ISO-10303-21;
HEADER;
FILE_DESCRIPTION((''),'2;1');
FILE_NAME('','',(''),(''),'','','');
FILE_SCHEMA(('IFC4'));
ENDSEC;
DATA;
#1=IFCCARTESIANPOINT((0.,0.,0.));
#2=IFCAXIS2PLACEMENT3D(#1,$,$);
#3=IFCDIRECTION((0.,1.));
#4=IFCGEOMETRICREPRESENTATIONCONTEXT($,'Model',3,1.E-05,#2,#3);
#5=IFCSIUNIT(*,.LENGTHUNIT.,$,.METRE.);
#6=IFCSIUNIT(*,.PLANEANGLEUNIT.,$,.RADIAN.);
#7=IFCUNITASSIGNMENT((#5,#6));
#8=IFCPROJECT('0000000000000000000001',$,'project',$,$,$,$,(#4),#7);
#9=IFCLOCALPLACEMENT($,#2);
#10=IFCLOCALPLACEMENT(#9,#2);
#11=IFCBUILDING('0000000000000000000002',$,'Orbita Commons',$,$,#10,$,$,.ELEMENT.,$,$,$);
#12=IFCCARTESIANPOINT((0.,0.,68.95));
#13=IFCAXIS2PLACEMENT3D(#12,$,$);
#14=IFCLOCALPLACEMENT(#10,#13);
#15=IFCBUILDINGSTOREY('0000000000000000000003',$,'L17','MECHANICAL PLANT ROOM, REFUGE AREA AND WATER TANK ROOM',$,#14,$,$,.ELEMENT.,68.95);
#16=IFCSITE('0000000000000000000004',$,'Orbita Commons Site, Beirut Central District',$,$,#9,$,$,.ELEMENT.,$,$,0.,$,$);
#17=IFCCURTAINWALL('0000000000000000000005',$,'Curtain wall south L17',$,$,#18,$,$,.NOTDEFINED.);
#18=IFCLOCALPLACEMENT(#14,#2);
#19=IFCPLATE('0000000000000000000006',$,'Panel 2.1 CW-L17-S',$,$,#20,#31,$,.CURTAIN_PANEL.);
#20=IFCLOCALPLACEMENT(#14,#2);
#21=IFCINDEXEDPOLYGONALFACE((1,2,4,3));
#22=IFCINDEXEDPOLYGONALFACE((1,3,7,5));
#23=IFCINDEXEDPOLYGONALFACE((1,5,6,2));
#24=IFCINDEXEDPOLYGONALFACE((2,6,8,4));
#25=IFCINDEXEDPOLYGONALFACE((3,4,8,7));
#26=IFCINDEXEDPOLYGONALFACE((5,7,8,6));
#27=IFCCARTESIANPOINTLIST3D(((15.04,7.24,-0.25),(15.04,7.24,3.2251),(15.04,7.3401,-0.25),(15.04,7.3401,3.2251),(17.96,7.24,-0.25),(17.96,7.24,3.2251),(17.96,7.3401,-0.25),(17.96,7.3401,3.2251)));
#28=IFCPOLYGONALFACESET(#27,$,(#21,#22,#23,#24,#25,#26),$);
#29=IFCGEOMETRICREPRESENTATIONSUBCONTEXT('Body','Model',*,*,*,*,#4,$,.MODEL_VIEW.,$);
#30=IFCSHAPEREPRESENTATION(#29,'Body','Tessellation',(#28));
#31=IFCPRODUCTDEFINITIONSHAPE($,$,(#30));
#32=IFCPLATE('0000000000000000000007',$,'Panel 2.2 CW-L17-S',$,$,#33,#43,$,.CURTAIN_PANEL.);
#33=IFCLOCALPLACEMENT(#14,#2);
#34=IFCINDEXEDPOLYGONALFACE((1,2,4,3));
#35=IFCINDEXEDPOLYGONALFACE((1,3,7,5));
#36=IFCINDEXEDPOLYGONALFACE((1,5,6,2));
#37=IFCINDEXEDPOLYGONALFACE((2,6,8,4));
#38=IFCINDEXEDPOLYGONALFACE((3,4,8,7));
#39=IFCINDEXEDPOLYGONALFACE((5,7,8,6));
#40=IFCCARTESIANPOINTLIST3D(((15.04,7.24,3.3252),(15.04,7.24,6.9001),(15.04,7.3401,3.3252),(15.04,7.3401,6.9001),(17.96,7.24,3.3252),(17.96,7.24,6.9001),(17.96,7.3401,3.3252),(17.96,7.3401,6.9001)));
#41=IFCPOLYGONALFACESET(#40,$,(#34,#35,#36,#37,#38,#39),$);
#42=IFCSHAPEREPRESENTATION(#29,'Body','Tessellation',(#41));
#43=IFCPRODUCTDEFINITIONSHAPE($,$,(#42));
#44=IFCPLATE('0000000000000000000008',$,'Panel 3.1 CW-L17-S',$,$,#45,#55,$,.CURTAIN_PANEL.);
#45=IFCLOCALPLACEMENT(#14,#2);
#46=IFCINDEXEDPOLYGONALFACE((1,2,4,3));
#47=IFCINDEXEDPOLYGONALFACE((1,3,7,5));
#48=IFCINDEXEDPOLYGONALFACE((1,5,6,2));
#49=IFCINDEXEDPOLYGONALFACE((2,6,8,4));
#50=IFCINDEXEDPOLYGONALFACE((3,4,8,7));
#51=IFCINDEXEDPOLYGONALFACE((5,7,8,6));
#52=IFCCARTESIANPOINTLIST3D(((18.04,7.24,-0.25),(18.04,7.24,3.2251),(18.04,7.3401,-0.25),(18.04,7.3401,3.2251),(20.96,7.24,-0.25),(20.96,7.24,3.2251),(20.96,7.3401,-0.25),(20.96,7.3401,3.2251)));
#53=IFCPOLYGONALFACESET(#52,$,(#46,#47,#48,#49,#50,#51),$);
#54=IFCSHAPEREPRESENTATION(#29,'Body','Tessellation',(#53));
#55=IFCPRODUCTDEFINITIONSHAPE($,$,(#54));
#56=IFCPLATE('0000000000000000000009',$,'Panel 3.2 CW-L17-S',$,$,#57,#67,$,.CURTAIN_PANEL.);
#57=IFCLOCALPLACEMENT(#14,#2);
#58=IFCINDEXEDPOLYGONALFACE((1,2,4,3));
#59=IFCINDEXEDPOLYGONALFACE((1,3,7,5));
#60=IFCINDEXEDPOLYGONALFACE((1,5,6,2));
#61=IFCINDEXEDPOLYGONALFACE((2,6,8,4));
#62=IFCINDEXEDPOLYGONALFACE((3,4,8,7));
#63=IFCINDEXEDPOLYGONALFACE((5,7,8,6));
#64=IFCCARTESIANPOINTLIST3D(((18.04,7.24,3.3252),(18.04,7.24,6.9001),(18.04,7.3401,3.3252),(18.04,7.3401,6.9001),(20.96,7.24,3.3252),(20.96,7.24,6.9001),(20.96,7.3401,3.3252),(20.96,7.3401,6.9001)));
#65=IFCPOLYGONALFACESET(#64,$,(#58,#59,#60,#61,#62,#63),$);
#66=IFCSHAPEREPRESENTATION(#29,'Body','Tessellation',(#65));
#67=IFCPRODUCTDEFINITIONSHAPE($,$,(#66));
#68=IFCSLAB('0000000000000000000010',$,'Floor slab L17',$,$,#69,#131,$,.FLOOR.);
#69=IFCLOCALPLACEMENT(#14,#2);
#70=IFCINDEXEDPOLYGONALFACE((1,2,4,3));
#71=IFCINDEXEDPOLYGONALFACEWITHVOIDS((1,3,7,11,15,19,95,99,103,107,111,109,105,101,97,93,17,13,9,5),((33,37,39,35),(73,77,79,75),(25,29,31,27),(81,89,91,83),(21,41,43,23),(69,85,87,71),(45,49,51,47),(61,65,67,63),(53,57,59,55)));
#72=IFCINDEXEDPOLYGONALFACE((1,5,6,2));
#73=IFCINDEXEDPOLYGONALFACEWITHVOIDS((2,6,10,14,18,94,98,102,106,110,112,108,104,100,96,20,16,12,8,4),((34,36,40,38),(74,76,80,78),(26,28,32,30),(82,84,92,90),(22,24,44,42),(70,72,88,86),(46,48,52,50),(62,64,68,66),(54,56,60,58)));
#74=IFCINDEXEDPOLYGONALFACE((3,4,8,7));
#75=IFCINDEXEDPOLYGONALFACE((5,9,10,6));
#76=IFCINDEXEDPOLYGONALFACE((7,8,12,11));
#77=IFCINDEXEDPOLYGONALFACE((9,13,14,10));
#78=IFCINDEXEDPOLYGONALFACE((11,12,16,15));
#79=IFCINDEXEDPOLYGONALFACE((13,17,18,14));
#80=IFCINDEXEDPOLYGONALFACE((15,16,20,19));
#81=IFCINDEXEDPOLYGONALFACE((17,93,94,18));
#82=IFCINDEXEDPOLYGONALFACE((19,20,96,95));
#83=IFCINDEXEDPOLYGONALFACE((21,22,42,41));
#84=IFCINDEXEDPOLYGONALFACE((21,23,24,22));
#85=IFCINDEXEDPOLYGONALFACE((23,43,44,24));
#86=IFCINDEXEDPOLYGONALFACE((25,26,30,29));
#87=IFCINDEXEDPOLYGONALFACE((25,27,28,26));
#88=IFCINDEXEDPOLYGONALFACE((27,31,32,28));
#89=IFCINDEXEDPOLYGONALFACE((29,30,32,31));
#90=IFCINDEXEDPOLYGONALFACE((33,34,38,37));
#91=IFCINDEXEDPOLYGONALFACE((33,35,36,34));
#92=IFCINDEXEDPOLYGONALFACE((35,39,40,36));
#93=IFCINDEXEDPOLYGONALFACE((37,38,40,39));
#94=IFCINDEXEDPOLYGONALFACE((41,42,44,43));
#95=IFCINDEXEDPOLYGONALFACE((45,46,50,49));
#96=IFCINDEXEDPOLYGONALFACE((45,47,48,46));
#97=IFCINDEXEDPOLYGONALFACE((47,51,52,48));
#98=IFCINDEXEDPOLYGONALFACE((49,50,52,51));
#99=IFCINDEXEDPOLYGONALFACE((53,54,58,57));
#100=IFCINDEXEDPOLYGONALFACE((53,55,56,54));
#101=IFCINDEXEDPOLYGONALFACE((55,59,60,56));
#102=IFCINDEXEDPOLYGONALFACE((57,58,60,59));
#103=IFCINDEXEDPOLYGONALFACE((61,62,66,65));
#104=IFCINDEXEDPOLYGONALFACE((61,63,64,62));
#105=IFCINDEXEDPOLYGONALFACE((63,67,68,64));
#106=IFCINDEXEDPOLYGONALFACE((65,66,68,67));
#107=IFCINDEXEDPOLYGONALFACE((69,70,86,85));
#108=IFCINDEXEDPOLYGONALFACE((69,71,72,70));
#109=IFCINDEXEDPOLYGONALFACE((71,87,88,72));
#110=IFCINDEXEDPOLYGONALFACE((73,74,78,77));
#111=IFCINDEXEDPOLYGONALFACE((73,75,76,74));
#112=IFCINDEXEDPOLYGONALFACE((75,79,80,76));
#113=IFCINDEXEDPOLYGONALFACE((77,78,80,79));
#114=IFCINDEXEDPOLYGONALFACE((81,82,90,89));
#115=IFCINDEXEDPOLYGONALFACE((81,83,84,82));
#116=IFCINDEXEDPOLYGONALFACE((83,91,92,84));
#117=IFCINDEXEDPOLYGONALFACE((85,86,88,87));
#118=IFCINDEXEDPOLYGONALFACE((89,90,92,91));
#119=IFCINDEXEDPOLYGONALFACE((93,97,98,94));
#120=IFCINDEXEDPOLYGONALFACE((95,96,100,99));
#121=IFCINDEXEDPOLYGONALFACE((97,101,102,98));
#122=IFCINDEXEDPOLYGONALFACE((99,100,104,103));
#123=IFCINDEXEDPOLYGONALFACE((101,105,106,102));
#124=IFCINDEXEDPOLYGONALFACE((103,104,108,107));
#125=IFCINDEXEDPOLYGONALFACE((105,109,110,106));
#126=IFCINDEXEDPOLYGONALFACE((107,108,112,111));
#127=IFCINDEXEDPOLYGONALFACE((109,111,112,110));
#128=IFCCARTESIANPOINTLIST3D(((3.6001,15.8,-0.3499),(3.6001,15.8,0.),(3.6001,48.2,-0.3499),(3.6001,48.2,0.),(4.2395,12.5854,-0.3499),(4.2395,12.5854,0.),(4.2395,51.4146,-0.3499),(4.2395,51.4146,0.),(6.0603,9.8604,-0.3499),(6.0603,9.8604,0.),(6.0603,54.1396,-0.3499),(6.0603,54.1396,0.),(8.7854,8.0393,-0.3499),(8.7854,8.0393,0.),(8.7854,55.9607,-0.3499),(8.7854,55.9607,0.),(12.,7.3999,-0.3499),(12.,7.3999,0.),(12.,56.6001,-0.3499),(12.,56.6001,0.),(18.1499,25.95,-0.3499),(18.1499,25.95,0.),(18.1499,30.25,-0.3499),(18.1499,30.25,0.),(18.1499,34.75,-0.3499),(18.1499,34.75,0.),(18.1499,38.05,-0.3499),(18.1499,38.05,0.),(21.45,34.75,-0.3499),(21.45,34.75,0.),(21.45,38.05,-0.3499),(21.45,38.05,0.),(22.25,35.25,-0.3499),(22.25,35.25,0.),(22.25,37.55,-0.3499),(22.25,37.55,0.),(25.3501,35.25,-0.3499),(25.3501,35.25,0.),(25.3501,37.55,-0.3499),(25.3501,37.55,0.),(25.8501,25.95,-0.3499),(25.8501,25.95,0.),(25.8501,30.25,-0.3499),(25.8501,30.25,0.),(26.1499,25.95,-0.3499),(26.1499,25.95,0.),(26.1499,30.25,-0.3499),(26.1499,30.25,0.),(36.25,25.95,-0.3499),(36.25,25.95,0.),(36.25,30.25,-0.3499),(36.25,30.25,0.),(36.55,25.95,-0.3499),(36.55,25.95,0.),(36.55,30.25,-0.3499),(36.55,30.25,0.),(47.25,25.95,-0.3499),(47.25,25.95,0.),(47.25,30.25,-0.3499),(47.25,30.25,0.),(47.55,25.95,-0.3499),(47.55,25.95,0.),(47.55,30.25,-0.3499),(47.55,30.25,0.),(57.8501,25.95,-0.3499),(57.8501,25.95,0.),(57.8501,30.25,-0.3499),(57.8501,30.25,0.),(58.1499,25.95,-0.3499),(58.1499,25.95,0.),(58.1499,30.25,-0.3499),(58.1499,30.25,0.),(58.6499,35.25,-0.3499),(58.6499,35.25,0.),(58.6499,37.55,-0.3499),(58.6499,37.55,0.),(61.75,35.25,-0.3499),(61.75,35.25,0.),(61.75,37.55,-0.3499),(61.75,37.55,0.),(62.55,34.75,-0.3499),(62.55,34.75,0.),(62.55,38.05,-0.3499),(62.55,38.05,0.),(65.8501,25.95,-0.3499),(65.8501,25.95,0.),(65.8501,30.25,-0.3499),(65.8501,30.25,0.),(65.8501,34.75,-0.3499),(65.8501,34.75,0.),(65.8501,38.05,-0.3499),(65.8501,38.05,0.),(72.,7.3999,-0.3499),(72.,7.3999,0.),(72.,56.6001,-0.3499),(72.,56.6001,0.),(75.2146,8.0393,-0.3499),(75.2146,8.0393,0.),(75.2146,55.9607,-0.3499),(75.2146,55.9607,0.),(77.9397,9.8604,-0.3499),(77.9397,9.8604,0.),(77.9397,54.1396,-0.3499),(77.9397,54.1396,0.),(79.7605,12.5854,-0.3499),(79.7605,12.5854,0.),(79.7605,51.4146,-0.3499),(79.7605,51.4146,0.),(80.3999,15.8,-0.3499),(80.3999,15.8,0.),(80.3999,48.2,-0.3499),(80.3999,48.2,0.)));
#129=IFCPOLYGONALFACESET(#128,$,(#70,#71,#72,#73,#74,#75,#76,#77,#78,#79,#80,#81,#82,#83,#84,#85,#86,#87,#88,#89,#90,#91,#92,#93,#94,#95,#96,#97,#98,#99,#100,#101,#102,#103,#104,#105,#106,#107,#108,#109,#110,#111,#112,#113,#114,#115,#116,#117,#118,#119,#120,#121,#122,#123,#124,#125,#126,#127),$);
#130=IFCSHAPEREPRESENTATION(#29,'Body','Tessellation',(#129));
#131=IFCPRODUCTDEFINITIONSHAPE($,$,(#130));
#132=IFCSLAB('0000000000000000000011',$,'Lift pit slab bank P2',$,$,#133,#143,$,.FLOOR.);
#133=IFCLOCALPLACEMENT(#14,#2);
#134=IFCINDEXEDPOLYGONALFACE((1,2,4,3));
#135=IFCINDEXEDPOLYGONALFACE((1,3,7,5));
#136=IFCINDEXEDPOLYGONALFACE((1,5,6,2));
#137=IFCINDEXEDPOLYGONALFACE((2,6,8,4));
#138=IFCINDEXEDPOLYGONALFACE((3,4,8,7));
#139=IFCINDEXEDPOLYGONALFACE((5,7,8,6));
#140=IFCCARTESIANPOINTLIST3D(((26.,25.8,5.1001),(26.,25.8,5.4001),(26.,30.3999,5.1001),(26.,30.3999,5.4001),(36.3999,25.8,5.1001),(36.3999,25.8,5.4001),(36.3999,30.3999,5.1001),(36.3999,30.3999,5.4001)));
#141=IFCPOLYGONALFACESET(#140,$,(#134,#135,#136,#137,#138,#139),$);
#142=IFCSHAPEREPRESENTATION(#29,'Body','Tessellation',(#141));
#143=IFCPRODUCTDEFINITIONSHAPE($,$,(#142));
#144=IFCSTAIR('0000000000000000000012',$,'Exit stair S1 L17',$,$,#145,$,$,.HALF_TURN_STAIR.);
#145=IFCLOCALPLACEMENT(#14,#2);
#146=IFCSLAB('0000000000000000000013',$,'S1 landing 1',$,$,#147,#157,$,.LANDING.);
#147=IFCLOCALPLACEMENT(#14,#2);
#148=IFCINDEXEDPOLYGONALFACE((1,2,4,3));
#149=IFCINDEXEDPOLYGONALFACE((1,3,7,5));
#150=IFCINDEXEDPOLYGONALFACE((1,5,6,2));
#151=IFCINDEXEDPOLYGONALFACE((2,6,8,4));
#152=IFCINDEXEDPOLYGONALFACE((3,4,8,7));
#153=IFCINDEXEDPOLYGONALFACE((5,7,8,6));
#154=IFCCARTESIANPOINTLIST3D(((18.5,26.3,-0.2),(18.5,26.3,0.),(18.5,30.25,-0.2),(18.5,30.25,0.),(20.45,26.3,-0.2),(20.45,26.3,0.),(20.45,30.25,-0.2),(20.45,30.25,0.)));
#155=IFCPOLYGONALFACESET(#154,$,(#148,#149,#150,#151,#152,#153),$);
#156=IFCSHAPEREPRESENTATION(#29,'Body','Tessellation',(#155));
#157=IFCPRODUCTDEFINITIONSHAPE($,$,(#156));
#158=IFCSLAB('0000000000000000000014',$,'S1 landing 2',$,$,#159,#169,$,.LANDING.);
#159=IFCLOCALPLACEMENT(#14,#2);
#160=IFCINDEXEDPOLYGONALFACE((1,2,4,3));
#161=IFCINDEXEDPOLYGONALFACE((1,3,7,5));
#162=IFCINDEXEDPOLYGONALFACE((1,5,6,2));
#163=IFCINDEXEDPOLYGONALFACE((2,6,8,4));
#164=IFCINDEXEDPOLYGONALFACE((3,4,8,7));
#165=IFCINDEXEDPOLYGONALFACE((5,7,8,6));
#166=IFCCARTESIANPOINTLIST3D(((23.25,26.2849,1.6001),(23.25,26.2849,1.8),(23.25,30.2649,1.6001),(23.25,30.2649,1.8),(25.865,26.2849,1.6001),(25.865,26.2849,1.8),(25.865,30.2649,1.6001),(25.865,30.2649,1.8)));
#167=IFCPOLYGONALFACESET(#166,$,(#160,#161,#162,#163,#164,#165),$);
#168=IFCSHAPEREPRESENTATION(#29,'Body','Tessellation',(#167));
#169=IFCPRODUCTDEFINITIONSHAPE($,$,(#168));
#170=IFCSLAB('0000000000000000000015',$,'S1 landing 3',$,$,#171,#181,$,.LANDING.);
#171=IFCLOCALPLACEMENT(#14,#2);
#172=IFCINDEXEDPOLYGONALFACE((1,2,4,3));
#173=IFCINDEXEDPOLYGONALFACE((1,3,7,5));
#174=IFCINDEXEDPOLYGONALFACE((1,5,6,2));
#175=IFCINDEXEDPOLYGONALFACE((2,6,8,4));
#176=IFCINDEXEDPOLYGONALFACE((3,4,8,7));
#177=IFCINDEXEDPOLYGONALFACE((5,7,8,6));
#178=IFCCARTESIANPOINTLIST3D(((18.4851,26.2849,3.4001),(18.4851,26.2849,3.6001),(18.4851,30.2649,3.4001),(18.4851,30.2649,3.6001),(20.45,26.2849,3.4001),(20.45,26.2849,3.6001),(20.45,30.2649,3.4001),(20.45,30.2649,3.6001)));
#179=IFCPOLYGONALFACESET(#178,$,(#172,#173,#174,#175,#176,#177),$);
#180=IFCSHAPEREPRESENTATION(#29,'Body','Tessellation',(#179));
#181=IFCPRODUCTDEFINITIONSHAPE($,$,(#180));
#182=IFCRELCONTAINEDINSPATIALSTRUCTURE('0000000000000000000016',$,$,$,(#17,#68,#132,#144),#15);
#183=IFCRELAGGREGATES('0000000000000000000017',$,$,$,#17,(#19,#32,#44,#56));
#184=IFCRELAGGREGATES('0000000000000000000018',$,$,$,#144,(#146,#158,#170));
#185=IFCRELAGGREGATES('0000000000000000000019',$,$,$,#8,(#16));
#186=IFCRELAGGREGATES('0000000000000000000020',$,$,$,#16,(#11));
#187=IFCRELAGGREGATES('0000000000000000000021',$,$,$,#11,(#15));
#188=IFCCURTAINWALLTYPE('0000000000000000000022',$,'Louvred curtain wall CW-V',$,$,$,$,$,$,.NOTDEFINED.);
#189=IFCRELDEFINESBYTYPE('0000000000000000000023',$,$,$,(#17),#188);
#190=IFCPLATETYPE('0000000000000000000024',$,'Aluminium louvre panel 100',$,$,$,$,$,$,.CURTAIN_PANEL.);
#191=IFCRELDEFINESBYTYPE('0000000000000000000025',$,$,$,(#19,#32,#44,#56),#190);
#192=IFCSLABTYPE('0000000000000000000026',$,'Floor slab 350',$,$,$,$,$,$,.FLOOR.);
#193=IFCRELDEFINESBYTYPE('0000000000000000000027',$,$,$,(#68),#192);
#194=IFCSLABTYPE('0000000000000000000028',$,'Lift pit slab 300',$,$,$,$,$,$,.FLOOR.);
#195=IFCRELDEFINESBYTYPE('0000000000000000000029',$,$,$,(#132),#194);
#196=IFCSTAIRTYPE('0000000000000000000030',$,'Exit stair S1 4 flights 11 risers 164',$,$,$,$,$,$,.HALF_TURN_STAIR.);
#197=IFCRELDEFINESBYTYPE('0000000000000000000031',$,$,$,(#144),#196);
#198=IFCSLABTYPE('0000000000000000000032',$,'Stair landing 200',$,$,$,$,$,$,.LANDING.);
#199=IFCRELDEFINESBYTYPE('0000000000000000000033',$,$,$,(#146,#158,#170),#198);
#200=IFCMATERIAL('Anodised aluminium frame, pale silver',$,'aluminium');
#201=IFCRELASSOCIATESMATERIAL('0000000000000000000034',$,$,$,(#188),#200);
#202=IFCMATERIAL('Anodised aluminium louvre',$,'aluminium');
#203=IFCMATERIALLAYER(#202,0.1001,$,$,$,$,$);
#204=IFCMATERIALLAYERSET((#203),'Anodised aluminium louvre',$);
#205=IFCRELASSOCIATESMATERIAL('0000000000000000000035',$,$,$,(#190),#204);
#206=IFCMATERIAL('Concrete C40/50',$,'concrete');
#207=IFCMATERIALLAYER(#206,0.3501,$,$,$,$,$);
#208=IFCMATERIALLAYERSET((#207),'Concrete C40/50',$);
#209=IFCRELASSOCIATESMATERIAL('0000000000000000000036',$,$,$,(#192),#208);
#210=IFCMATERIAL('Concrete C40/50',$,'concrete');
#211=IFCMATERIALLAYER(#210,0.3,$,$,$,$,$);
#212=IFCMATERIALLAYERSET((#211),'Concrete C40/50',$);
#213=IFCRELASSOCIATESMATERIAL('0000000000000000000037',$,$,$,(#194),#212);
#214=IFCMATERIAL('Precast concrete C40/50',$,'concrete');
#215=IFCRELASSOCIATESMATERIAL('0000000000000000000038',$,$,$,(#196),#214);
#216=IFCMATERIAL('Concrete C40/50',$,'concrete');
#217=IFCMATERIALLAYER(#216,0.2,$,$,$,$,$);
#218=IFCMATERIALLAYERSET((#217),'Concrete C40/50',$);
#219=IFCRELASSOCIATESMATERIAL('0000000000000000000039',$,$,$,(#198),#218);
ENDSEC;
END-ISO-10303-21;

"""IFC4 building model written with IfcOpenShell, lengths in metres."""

from ifc_helpers import new_model, si_unit, direction, frame, origin, origin_2d, place, context, subcontext, project, spatial, polyline, rectangle, outline, extrude, material, layer, layer_set, type_object, element, aggregate, save


model = new_model("IFC4")

# Units and contexts
model_context = context("Model", 3, precision=1e-05, world=origin(), true_north=direction((0.0, 1.0)))
body_context = subcontext(model_context, "Body", "Model", "MODEL_VIEW")
ifc_project = project(units=[si_unit("LENGTHUNIT", "METRE"), si_unit("PLANEANGLEUNIT", "RADIAN")], contexts=[model_context])

# Site, building, storey
site_placement = place(None, origin())
site = spatial("IfcSite", under=ifc_project, at=site_placement, Name="Orbita Commons Site, Beirut Central District", CompositionType="ELEMENT", RefElevation=0.0)
building_placement = place(site_placement, origin())
building = spatial("IfcBuilding", under=site, at=building_placement, Name="Orbita Commons", CompositionType="ELEMENT")
storey_placement = place(building_placement, frame((0.0, 0.0, 68.95)))
storey = spatial("IfcBuildingStorey", under=building, at=storey_placement, Name="L17", Description="MECHANICAL PLANT ROOM, REFUGE AREA AND WATER TANK ROOM", CompositionType="ELEMENT", Elevation=68.95)

# Curtain wall, plates
ifc_material_1 = material(Name="Anodised aluminium frame, pale silver", Category="aluminium")
curtain_wall_type = type_object("IfcCurtainWallType", Name="Louvred curtain wall CW-V", PredefinedType="NOTDEFINED", material=ifc_material_1)
curtain_wall_placement = place(storey_placement, origin())
curtain_wall = element("IfcCurtainWall", 1, at=curtain_wall_placement, inside=storey, type_object=curtain_wall_type, Name="Curtain wall south L17", PredefinedType="NOTDEFINED")
ifc_material_2 = material(Name="Anodised aluminium louvre", Category="aluminium")
ifc_layer_1 = layer(ifc_material_2, 0.1001)
ifc_layer_set_1 = layer_set([ifc_layer_1], Name="Anodised aluminium louvre")
plate_type = type_object("IfcPlateType", Name="Aluminium louvre panel 100", PredefinedType="CURTAIN_PANEL", material=ifc_layer_set_1)
plate_1_placement = place(storey_placement, frame((16.5, 7.29, -0.25), z_axis=(0.0, 0.0, 1.0), x_axis=(1.0, 0.0, 0.0)))
plate_1 = element("IfcPlate", 2, at=plate_1_placement, type_object=plate_type, Name="Panel 2.1 CW-L17-S", PredefinedType="CURTAIN_PANEL", context=body_context, shape_type="SweptSolid", body=[
    extrude(rectangle(XDim=2.9199, YDim=0.1001, at=origin_2d()), origin(), (0.0, 0.0, 1.0), 3.4751),
])
plate_2_placement = place(storey_placement, frame((16.5, 7.29, 3.3252), z_axis=(0.0, 0.0, 1.0), x_axis=(1.0, 0.0, 0.0)))
plate_2 = element("IfcPlate", 3, at=plate_2_placement, type_object=plate_type, Name="Panel 2.2 CW-L17-S", PredefinedType="CURTAIN_PANEL", context=body_context, shape_type="SweptSolid", body=[
    extrude(rectangle(XDim=2.9199, YDim=0.1001, at=origin_2d()), origin(), (0.0, 0.0, 1.0), 3.575),
])
plate_3_placement = place(storey_placement, frame((19.5, 7.29, -0.25), z_axis=(0.0, 0.0, 1.0), x_axis=(1.0, 0.0, 0.0)))
plate_3 = element("IfcPlate", 4, at=plate_3_placement, type_object=plate_type, Name="Panel 3.1 CW-L17-S", PredefinedType="CURTAIN_PANEL", context=body_context, shape_type="SweptSolid", body=[
    extrude(rectangle(XDim=2.9199, YDim=0.1001, at=origin_2d()), origin(), (0.0, 0.0, 1.0), 3.4751),
])
plate_4_placement = place(storey_placement, frame((19.5, 7.29, 3.3252), z_axis=(0.0, 0.0, 1.0), x_axis=(1.0, 0.0, 0.0)))
plate_4 = element("IfcPlate", 5, at=plate_4_placement, type_object=plate_type, Name="Panel 3.2 CW-L17-S", PredefinedType="CURTAIN_PANEL", context=body_context, shape_type="SweptSolid", body=[
    extrude(rectangle(XDim=2.9199, YDim=0.1001, at=origin_2d()), origin(), (0.0, 0.0, 1.0), 3.575),
])
aggregate(curtain_wall, [plate_1, plate_2, plate_3, plate_4])

# Slabs
ifc_material_3 = material(Name="Concrete C40/50", Category="concrete")
ifc_layer_2 = layer(ifc_material_3, 0.3501)
ifc_layer_set_2 = layer_set([ifc_layer_2], Name="Concrete C40/50")
slab_type_1 = type_object("IfcSlabType", Name="Floor slab 350", PredefinedType="FLOOR", material=ifc_layer_set_2)
slab_1_placement = place(storey_placement, frame((0.0, 0.0, -0.3499)))
element("IfcSlab", 6, at=slab_1_placement, inside=storey, type_object=slab_type_1, Name="Floor slab L17", PredefinedType="FLOOR", context=body_context, shape_type="SweptSolid", body=[
    extrude(outline(polyline([(72.0, 7.3999), (75.2146, 8.0393), (77.9397, 9.8604), (79.7605, 12.5854), (80.3999, 15.8), (80.3999, 48.2), (79.7605, 51.4146), (77.9397, 54.1396), (75.2146, 55.9607), (72.0, 56.6001), (12.0, 56.6001), (8.7854, 55.9607), (6.0603, 54.1396), (4.2395, 51.4146), (3.6001, 48.2), (3.6001, 15.8), (4.2395, 12.5854), (6.0603, 9.8604), (8.7854, 8.0393), (12.0, 7.3999), (72.0, 7.3999)]), holes=[polyline([(18.1499, 25.95), (25.8501, 25.95), (25.8501, 30.25), (18.1499, 30.25), (18.1499, 25.95)]), polyline([(58.1499, 25.95), (65.8501, 25.95), (65.8501, 30.25), (58.1499, 30.25), (58.1499, 25.95)]), polyline([(18.1499, 34.75), (21.45, 34.75), (21.45, 38.05), (18.1499, 38.05), (18.1499, 34.75)]), polyline([(62.55, 34.75), (65.8501, 34.75), (65.8501, 38.05), (62.55, 38.05), (62.55, 34.75)]), polyline([(22.25, 35.25), (25.3501, 35.25), (25.3501, 37.55), (22.25, 37.55), (22.25, 35.25)]), polyline([(58.6499, 35.25), (61.75, 35.25), (61.75, 37.55), (58.6499, 37.55), (58.6499, 35.25)]), polyline([(26.1499, 25.95), (36.25, 25.95), (36.25, 30.25), (26.1499, 30.25), (26.1499, 25.95)]), polyline([(36.55, 25.95), (47.25, 25.95), (47.25, 30.25), (36.55, 30.25), (36.55, 25.95)]), polyline([(47.55, 25.95), (57.8501, 25.95), (57.8501, 30.25), (47.55, 30.25), (47.55, 25.95)])]), origin(), (0.0, 0.0, 1.0), 0.3499),
])
ifc_material_4 = material(Name="Concrete C40/50", Category="concrete")
ifc_layer_3 = layer(ifc_material_4, 0.3)
ifc_layer_set_3 = layer_set([ifc_layer_3], Name="Concrete C40/50")
slab_type_2 = type_object("IfcSlabType", Name="Lift pit slab 300", PredefinedType="FLOOR", material=ifc_layer_set_3)
slab_2_placement = place(storey_placement, frame((0.0, 0.0, 5.1001)))
element("IfcSlab", 7, at=slab_2_placement, inside=storey, type_object=slab_type_2, Name="Lift pit slab bank P2", PredefinedType="FLOOR", context=body_context, shape_type="SweptSolid", body=[
    extrude(outline(polyline([(26.0, 25.8), (36.3999, 25.8), (36.3999, 30.3999), (26.0, 30.3999), (26.0, 25.8)])), origin(), (0.0, 0.0, 1.0), 0.3),
])

# Stair, slabs
ifc_material_5 = material(Name="Precast concrete C40/50", Category="concrete")
stair_type_1 = type_object("IfcStairType", Name="Exit stair S1 4 flights 11 risers 164", PredefinedType="HALF_TURN_STAIR", material=ifc_material_5)
stair_1_placement = place(storey_placement, origin())
stair_1 = element("IfcStair", 8, at=stair_1_placement, inside=storey, type_object=stair_type_1, Name="Exit stair S1 L17", PredefinedType="HALF_TURN_STAIR")
ifc_material_6 = material(Name="Concrete C40/50", Category="concrete")
ifc_layer_4 = layer(ifc_material_6, 0.2)
ifc_layer_set_4 = layer_set([ifc_layer_4], Name="Concrete C40/50")
slab_type_3 = type_object("IfcSlabType", Name="Stair landing 200", PredefinedType="LANDING", material=ifc_layer_set_4)
slab_3_placement = place(storey_placement, frame((0.0, 0.0, -0.2)))
slab_3 = element("IfcSlab", 9, at=slab_3_placement, type_object=slab_type_3, Name="S1 landing 1", PredefinedType="LANDING", context=body_context, shape_type="SweptSolid", body=[
    extrude(outline(polyline([(18.5, 26.3), (20.45, 26.3), (20.45, 30.25), (18.5, 30.25), (18.5, 26.3)])), origin(), (0.0, 0.0, 1.0), 0.2),
])
slab_4_placement = place(storey_placement, frame((0.0, 0.0, 1.6001)))
slab_4 = element("IfcSlab", 10, at=slab_4_placement, type_object=slab_type_3, Name="S1 landing 2", PredefinedType="LANDING", context=body_context, shape_type="SweptSolid", body=[
    extrude(outline(polyline([(23.25, 26.2849), (25.865, 26.2849), (25.865, 30.2649), (23.25, 30.2649), (23.25, 26.2849)])), origin(), (0.0, 0.0, 1.0), 0.2),
])
slab_5_placement = place(storey_placement, frame((0.0, 0.0, 3.4001)))
slab_5 = element("IfcSlab", 11, at=slab_5_placement, type_object=slab_type_3, Name="S1 landing 3", PredefinedType="LANDING", context=body_context, shape_type="SweptSolid", body=[
    extrude(outline(polyline([(18.4851, 26.2849), (20.45, 26.2849), (20.45, 30.2649), (18.4851, 30.2649), (18.4851, 26.2849)])), origin(), (0.0, 0.0, 1.0), 0.2),
])
aggregate(stair_1, [slab_3, slab_4, slab_5])

save(model, "model.ifc")
